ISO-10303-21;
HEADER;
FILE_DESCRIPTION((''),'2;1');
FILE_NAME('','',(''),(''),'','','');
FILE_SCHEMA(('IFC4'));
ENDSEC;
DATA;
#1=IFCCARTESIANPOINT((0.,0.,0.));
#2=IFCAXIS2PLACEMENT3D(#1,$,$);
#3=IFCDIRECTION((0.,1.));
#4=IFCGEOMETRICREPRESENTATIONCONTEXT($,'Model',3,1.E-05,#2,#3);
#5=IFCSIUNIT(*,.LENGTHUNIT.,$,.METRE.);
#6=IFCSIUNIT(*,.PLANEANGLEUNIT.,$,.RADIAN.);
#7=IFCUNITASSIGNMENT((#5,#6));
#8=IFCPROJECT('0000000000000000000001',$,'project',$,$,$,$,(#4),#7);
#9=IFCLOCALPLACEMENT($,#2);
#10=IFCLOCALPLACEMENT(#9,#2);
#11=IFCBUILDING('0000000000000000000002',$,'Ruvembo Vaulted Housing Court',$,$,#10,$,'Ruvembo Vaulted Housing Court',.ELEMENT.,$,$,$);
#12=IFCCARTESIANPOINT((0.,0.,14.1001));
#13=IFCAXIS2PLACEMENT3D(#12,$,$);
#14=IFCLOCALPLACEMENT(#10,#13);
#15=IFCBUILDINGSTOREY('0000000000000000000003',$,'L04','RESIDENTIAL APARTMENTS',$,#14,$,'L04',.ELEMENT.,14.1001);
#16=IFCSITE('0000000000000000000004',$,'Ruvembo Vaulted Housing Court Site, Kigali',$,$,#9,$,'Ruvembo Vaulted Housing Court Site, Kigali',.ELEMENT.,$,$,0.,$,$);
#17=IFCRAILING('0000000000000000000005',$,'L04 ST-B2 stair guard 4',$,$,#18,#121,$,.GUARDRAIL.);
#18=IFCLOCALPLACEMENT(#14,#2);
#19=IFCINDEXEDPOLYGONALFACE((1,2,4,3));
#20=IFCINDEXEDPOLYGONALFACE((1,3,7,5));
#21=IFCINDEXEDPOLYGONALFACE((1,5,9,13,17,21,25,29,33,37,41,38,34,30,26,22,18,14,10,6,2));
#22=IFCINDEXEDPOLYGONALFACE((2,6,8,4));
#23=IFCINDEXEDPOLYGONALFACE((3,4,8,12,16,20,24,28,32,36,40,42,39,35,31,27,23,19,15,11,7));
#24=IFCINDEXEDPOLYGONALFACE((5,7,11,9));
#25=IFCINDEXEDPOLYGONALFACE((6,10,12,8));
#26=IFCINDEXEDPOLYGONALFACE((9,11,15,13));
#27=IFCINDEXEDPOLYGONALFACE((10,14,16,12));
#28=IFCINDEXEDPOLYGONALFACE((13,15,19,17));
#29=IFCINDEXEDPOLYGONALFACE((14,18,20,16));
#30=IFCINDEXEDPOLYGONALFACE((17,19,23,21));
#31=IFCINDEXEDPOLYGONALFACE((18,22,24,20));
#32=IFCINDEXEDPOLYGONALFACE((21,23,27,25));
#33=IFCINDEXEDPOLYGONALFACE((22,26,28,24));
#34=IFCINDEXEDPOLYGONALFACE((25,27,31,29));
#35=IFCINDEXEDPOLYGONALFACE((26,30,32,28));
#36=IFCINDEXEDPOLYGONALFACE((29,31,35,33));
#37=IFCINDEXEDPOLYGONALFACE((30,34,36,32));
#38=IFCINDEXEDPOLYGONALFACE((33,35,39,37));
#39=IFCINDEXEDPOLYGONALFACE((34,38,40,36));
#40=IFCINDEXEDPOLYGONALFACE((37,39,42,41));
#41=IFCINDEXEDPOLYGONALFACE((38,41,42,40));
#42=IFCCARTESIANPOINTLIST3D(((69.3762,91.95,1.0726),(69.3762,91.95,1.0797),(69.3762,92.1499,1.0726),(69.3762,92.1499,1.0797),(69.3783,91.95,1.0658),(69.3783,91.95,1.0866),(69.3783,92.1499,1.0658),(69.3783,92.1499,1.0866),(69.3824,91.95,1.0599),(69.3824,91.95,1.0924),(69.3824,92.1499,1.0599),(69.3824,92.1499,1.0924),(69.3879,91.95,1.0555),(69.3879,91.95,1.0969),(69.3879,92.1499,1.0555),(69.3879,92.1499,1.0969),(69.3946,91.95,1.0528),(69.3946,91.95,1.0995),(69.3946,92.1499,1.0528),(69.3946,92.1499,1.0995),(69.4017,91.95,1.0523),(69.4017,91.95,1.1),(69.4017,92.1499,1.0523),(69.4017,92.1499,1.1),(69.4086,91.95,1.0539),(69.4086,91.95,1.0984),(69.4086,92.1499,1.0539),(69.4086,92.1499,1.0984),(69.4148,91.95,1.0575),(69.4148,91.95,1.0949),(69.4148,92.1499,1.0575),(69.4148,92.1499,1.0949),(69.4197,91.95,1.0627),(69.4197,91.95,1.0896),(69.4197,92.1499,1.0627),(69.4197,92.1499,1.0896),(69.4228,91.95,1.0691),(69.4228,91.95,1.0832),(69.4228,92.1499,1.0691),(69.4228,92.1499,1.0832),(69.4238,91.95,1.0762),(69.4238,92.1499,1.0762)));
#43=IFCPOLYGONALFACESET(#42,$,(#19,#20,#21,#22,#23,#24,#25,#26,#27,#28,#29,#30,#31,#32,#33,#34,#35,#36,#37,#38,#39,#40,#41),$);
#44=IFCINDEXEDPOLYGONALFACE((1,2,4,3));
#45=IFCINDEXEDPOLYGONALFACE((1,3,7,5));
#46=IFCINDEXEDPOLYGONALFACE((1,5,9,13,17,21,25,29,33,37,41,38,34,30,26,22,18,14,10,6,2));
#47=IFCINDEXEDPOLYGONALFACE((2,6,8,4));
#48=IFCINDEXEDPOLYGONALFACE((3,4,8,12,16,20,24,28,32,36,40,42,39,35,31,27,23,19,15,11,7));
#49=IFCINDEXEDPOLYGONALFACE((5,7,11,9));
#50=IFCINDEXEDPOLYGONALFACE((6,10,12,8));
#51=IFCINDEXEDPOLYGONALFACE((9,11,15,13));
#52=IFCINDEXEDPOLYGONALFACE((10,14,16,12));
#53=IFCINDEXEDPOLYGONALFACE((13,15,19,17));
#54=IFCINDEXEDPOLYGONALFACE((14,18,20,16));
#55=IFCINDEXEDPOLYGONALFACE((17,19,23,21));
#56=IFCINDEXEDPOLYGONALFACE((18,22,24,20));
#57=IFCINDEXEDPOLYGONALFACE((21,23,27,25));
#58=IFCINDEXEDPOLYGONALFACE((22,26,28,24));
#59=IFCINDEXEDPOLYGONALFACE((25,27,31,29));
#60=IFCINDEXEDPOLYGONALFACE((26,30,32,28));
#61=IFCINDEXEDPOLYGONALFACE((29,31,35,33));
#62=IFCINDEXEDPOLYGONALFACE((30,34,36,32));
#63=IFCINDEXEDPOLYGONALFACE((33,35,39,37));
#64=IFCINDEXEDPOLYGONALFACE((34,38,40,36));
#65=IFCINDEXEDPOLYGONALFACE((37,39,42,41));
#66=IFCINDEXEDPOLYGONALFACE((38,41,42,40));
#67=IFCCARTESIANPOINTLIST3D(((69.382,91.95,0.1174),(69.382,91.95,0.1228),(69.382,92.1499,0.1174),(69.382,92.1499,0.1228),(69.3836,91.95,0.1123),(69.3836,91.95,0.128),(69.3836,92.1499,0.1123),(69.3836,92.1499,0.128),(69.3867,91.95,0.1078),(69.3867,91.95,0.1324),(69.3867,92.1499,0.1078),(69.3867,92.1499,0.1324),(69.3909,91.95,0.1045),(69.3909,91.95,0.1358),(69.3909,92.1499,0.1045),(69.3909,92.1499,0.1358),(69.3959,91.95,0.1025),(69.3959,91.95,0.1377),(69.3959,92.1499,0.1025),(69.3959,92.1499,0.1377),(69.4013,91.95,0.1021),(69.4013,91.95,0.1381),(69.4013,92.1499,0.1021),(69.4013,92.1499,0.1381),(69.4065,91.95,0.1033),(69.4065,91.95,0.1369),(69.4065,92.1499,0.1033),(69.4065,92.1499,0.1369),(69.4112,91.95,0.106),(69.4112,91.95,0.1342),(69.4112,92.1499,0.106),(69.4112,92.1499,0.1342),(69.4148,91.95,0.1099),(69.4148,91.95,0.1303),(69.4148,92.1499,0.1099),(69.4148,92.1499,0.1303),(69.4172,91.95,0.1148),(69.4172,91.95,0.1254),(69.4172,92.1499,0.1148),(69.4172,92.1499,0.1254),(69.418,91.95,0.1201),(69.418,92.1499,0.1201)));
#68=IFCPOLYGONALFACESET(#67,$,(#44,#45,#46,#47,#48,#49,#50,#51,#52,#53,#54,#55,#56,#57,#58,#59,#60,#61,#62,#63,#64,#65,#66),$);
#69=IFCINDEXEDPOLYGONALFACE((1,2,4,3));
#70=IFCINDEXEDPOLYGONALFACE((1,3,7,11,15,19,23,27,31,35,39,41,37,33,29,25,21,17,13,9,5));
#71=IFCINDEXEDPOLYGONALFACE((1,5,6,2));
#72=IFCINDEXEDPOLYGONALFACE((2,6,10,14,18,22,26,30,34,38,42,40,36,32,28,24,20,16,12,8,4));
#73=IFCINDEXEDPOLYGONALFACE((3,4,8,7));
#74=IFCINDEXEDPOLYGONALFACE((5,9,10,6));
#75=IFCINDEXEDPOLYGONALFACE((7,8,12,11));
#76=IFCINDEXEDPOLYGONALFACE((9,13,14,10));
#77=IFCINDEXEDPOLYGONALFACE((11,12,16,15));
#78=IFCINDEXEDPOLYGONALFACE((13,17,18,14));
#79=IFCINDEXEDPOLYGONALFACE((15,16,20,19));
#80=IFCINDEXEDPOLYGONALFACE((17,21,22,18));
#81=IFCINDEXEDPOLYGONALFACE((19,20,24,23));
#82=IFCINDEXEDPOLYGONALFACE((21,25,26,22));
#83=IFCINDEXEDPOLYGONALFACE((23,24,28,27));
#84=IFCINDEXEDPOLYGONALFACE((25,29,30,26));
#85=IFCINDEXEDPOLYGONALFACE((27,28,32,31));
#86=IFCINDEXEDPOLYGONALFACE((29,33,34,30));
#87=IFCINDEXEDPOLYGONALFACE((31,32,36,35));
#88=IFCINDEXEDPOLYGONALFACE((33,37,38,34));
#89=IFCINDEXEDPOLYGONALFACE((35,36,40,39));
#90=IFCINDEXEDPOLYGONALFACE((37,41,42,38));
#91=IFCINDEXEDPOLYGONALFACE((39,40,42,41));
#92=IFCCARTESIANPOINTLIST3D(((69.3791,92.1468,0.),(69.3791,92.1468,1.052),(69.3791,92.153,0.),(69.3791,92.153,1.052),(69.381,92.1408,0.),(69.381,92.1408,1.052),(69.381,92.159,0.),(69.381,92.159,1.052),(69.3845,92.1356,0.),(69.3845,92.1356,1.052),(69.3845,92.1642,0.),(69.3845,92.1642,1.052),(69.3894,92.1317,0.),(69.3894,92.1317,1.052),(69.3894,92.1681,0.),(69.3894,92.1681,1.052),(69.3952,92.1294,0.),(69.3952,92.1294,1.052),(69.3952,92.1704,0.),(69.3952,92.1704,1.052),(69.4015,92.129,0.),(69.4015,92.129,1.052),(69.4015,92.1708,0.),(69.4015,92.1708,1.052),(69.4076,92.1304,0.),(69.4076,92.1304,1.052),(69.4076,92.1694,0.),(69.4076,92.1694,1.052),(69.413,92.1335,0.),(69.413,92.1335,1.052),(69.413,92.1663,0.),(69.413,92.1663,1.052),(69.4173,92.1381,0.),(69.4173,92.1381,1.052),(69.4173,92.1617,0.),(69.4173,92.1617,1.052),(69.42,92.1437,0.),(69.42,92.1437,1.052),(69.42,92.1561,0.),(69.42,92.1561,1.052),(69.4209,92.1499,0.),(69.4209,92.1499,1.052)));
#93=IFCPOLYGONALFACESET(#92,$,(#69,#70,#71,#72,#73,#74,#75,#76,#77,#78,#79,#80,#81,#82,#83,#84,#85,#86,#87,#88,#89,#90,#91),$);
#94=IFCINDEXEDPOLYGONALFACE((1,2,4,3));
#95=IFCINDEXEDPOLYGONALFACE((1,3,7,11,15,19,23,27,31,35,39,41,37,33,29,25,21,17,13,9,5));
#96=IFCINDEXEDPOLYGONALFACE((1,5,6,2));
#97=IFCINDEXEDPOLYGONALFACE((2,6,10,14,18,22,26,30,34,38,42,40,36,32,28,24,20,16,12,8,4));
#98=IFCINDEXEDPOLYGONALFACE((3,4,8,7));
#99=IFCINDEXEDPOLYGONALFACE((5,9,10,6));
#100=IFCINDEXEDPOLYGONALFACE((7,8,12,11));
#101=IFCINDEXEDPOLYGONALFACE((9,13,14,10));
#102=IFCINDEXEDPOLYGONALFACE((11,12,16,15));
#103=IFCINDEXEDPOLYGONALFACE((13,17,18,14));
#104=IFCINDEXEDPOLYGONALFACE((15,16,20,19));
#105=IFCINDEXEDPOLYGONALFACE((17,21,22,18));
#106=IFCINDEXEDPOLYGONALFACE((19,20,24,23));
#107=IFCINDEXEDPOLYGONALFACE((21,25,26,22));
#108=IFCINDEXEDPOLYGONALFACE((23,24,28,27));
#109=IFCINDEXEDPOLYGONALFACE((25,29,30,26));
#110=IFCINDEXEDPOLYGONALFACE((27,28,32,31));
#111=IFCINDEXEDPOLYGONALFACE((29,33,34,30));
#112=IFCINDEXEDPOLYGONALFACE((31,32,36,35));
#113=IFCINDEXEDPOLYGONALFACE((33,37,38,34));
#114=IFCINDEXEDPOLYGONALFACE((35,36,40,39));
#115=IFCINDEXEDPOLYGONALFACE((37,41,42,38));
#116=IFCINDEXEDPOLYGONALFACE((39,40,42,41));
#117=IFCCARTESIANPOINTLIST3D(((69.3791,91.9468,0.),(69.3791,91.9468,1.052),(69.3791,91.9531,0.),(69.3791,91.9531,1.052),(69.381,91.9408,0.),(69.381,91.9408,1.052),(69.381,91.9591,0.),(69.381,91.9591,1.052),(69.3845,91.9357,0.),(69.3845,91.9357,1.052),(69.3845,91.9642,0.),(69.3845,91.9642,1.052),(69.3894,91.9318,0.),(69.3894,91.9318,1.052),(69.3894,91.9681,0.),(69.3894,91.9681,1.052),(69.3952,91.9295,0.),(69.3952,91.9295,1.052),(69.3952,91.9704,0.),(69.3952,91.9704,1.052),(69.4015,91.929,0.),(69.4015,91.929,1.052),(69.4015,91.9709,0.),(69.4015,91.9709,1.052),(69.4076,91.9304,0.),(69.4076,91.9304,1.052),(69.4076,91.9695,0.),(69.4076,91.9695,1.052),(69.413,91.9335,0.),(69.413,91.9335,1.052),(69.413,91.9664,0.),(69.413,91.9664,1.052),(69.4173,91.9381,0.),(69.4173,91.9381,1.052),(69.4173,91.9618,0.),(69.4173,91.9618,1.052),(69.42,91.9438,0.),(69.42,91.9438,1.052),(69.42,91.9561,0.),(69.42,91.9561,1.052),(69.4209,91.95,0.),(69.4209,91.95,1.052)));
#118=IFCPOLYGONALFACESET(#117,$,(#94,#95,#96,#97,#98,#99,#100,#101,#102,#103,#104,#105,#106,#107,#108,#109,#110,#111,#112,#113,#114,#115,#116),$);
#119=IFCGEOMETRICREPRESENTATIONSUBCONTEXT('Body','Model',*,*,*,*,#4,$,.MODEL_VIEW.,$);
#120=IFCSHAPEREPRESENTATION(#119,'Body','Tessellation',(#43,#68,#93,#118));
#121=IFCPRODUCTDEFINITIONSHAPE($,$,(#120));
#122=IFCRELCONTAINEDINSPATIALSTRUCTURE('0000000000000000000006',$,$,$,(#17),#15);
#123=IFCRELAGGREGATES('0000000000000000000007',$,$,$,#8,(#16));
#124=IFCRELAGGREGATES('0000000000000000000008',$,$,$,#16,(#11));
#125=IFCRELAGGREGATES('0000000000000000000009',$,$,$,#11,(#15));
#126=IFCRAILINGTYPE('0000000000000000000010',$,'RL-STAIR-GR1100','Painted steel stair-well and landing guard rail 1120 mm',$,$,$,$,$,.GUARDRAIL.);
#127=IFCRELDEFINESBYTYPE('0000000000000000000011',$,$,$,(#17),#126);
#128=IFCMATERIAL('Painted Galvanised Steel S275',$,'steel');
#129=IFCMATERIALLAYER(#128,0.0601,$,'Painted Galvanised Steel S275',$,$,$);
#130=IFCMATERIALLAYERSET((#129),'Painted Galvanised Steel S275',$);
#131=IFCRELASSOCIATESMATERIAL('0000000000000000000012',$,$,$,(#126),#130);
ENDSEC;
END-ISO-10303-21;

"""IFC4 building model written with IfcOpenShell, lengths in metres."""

from ifc_helpers import new_model, si_unit, direction, frame, origin, origin_2d, place, context, subcontext, project, spatial, circle, extrude, material, layer, layer_set, type_object, element, save


model = new_model("IFC4")

# Units and contexts
model_context = context("Model", 3, precision=1e-05, world=origin(), true_north=direction((0.0, 1.0)))
body_context = subcontext(model_context, "Body", "Model", "MODEL_VIEW")
ifc_project = project(units=[si_unit("LENGTHUNIT", "METRE"), si_unit("PLANEANGLEUNIT", "RADIAN")], contexts=[model_context])

# Site, building, storey
site_placement = place(None, origin())
site = spatial("IfcSite", under=ifc_project, at=site_placement, Name="Ruvembo Vaulted Housing Court Site, Kigali", LongName="Ruvembo Vaulted Housing Court Site, Kigali", CompositionType="ELEMENT", RefElevation=0.0)
building_placement = place(site_placement, origin())
building = spatial("IfcBuilding", under=site, at=building_placement, Name="Ruvembo Vaulted Housing Court", LongName="Ruvembo Vaulted Housing Court", CompositionType="ELEMENT")
storey_placement = place(building_placement, frame((0.0, 0.0, 14.1001)))
storey = spatial("IfcBuildingStorey", under=building, at=storey_placement, Name="L04", Description="RESIDENTIAL APARTMENTS", LongName="L04", CompositionType="ELEMENT", Elevation=14.1001)

# Railing
ifc_material_1 = material(Name="Painted Galvanised Steel S275", Category="steel")
ifc_layer_1 = layer(ifc_material_1, 0.0601, Name="Painted Galvanised Steel S275")
ifc_layer_set_1 = layer_set([ifc_layer_1], Name="Painted Galvanised Steel S275")
railing_type_1 = type_object("IfcRailingType", Name="RL-STAIR-GR1100", Description="Painted steel stair-well and landing guard rail 1120 mm", PredefinedType="GUARDRAIL", material=ifc_layer_set_1)
railing_1_placement = place(storey_placement, frame((69.3999, 92.1499, 0.0)))
element("IfcRailing", 1, at=railing_1_placement, inside=storey, type_object=railing_type_1, Name="L04 ST-B2 stair guard 4", PredefinedType="GUARDRAIL", context=body_context, shape_type="SweptSolid", body=[
    extrude(circle(Radius=0.0239, at=origin_2d()), frame((0.0, 0.0, 1.0762), z_axis=(0.0, -1.0, 0.0), x_axis=(1.0, 0.0, 0.0)), (0.0, 0.0, 1.0), 0.2),
    extrude(circle(Radius=0.0181, at=origin_2d()), frame((0.0, 0.0, 0.1201), z_axis=(0.0, -1.0, 0.0), x_axis=(1.0, 0.0, 0.0)), (0.0, 0.0, 1.0), 0.2),
    extrude(circle(Radius=0.021, at=origin_2d()), origin(), (0.0, 0.0, 1.0), 1.052),
    extrude(circle(Radius=0.021, at=origin_2d()), frame((0.0, -0.2, 0.0)), (0.0, 0.0, 1.0), 1.052),
])

save(model, "model.ifc")
